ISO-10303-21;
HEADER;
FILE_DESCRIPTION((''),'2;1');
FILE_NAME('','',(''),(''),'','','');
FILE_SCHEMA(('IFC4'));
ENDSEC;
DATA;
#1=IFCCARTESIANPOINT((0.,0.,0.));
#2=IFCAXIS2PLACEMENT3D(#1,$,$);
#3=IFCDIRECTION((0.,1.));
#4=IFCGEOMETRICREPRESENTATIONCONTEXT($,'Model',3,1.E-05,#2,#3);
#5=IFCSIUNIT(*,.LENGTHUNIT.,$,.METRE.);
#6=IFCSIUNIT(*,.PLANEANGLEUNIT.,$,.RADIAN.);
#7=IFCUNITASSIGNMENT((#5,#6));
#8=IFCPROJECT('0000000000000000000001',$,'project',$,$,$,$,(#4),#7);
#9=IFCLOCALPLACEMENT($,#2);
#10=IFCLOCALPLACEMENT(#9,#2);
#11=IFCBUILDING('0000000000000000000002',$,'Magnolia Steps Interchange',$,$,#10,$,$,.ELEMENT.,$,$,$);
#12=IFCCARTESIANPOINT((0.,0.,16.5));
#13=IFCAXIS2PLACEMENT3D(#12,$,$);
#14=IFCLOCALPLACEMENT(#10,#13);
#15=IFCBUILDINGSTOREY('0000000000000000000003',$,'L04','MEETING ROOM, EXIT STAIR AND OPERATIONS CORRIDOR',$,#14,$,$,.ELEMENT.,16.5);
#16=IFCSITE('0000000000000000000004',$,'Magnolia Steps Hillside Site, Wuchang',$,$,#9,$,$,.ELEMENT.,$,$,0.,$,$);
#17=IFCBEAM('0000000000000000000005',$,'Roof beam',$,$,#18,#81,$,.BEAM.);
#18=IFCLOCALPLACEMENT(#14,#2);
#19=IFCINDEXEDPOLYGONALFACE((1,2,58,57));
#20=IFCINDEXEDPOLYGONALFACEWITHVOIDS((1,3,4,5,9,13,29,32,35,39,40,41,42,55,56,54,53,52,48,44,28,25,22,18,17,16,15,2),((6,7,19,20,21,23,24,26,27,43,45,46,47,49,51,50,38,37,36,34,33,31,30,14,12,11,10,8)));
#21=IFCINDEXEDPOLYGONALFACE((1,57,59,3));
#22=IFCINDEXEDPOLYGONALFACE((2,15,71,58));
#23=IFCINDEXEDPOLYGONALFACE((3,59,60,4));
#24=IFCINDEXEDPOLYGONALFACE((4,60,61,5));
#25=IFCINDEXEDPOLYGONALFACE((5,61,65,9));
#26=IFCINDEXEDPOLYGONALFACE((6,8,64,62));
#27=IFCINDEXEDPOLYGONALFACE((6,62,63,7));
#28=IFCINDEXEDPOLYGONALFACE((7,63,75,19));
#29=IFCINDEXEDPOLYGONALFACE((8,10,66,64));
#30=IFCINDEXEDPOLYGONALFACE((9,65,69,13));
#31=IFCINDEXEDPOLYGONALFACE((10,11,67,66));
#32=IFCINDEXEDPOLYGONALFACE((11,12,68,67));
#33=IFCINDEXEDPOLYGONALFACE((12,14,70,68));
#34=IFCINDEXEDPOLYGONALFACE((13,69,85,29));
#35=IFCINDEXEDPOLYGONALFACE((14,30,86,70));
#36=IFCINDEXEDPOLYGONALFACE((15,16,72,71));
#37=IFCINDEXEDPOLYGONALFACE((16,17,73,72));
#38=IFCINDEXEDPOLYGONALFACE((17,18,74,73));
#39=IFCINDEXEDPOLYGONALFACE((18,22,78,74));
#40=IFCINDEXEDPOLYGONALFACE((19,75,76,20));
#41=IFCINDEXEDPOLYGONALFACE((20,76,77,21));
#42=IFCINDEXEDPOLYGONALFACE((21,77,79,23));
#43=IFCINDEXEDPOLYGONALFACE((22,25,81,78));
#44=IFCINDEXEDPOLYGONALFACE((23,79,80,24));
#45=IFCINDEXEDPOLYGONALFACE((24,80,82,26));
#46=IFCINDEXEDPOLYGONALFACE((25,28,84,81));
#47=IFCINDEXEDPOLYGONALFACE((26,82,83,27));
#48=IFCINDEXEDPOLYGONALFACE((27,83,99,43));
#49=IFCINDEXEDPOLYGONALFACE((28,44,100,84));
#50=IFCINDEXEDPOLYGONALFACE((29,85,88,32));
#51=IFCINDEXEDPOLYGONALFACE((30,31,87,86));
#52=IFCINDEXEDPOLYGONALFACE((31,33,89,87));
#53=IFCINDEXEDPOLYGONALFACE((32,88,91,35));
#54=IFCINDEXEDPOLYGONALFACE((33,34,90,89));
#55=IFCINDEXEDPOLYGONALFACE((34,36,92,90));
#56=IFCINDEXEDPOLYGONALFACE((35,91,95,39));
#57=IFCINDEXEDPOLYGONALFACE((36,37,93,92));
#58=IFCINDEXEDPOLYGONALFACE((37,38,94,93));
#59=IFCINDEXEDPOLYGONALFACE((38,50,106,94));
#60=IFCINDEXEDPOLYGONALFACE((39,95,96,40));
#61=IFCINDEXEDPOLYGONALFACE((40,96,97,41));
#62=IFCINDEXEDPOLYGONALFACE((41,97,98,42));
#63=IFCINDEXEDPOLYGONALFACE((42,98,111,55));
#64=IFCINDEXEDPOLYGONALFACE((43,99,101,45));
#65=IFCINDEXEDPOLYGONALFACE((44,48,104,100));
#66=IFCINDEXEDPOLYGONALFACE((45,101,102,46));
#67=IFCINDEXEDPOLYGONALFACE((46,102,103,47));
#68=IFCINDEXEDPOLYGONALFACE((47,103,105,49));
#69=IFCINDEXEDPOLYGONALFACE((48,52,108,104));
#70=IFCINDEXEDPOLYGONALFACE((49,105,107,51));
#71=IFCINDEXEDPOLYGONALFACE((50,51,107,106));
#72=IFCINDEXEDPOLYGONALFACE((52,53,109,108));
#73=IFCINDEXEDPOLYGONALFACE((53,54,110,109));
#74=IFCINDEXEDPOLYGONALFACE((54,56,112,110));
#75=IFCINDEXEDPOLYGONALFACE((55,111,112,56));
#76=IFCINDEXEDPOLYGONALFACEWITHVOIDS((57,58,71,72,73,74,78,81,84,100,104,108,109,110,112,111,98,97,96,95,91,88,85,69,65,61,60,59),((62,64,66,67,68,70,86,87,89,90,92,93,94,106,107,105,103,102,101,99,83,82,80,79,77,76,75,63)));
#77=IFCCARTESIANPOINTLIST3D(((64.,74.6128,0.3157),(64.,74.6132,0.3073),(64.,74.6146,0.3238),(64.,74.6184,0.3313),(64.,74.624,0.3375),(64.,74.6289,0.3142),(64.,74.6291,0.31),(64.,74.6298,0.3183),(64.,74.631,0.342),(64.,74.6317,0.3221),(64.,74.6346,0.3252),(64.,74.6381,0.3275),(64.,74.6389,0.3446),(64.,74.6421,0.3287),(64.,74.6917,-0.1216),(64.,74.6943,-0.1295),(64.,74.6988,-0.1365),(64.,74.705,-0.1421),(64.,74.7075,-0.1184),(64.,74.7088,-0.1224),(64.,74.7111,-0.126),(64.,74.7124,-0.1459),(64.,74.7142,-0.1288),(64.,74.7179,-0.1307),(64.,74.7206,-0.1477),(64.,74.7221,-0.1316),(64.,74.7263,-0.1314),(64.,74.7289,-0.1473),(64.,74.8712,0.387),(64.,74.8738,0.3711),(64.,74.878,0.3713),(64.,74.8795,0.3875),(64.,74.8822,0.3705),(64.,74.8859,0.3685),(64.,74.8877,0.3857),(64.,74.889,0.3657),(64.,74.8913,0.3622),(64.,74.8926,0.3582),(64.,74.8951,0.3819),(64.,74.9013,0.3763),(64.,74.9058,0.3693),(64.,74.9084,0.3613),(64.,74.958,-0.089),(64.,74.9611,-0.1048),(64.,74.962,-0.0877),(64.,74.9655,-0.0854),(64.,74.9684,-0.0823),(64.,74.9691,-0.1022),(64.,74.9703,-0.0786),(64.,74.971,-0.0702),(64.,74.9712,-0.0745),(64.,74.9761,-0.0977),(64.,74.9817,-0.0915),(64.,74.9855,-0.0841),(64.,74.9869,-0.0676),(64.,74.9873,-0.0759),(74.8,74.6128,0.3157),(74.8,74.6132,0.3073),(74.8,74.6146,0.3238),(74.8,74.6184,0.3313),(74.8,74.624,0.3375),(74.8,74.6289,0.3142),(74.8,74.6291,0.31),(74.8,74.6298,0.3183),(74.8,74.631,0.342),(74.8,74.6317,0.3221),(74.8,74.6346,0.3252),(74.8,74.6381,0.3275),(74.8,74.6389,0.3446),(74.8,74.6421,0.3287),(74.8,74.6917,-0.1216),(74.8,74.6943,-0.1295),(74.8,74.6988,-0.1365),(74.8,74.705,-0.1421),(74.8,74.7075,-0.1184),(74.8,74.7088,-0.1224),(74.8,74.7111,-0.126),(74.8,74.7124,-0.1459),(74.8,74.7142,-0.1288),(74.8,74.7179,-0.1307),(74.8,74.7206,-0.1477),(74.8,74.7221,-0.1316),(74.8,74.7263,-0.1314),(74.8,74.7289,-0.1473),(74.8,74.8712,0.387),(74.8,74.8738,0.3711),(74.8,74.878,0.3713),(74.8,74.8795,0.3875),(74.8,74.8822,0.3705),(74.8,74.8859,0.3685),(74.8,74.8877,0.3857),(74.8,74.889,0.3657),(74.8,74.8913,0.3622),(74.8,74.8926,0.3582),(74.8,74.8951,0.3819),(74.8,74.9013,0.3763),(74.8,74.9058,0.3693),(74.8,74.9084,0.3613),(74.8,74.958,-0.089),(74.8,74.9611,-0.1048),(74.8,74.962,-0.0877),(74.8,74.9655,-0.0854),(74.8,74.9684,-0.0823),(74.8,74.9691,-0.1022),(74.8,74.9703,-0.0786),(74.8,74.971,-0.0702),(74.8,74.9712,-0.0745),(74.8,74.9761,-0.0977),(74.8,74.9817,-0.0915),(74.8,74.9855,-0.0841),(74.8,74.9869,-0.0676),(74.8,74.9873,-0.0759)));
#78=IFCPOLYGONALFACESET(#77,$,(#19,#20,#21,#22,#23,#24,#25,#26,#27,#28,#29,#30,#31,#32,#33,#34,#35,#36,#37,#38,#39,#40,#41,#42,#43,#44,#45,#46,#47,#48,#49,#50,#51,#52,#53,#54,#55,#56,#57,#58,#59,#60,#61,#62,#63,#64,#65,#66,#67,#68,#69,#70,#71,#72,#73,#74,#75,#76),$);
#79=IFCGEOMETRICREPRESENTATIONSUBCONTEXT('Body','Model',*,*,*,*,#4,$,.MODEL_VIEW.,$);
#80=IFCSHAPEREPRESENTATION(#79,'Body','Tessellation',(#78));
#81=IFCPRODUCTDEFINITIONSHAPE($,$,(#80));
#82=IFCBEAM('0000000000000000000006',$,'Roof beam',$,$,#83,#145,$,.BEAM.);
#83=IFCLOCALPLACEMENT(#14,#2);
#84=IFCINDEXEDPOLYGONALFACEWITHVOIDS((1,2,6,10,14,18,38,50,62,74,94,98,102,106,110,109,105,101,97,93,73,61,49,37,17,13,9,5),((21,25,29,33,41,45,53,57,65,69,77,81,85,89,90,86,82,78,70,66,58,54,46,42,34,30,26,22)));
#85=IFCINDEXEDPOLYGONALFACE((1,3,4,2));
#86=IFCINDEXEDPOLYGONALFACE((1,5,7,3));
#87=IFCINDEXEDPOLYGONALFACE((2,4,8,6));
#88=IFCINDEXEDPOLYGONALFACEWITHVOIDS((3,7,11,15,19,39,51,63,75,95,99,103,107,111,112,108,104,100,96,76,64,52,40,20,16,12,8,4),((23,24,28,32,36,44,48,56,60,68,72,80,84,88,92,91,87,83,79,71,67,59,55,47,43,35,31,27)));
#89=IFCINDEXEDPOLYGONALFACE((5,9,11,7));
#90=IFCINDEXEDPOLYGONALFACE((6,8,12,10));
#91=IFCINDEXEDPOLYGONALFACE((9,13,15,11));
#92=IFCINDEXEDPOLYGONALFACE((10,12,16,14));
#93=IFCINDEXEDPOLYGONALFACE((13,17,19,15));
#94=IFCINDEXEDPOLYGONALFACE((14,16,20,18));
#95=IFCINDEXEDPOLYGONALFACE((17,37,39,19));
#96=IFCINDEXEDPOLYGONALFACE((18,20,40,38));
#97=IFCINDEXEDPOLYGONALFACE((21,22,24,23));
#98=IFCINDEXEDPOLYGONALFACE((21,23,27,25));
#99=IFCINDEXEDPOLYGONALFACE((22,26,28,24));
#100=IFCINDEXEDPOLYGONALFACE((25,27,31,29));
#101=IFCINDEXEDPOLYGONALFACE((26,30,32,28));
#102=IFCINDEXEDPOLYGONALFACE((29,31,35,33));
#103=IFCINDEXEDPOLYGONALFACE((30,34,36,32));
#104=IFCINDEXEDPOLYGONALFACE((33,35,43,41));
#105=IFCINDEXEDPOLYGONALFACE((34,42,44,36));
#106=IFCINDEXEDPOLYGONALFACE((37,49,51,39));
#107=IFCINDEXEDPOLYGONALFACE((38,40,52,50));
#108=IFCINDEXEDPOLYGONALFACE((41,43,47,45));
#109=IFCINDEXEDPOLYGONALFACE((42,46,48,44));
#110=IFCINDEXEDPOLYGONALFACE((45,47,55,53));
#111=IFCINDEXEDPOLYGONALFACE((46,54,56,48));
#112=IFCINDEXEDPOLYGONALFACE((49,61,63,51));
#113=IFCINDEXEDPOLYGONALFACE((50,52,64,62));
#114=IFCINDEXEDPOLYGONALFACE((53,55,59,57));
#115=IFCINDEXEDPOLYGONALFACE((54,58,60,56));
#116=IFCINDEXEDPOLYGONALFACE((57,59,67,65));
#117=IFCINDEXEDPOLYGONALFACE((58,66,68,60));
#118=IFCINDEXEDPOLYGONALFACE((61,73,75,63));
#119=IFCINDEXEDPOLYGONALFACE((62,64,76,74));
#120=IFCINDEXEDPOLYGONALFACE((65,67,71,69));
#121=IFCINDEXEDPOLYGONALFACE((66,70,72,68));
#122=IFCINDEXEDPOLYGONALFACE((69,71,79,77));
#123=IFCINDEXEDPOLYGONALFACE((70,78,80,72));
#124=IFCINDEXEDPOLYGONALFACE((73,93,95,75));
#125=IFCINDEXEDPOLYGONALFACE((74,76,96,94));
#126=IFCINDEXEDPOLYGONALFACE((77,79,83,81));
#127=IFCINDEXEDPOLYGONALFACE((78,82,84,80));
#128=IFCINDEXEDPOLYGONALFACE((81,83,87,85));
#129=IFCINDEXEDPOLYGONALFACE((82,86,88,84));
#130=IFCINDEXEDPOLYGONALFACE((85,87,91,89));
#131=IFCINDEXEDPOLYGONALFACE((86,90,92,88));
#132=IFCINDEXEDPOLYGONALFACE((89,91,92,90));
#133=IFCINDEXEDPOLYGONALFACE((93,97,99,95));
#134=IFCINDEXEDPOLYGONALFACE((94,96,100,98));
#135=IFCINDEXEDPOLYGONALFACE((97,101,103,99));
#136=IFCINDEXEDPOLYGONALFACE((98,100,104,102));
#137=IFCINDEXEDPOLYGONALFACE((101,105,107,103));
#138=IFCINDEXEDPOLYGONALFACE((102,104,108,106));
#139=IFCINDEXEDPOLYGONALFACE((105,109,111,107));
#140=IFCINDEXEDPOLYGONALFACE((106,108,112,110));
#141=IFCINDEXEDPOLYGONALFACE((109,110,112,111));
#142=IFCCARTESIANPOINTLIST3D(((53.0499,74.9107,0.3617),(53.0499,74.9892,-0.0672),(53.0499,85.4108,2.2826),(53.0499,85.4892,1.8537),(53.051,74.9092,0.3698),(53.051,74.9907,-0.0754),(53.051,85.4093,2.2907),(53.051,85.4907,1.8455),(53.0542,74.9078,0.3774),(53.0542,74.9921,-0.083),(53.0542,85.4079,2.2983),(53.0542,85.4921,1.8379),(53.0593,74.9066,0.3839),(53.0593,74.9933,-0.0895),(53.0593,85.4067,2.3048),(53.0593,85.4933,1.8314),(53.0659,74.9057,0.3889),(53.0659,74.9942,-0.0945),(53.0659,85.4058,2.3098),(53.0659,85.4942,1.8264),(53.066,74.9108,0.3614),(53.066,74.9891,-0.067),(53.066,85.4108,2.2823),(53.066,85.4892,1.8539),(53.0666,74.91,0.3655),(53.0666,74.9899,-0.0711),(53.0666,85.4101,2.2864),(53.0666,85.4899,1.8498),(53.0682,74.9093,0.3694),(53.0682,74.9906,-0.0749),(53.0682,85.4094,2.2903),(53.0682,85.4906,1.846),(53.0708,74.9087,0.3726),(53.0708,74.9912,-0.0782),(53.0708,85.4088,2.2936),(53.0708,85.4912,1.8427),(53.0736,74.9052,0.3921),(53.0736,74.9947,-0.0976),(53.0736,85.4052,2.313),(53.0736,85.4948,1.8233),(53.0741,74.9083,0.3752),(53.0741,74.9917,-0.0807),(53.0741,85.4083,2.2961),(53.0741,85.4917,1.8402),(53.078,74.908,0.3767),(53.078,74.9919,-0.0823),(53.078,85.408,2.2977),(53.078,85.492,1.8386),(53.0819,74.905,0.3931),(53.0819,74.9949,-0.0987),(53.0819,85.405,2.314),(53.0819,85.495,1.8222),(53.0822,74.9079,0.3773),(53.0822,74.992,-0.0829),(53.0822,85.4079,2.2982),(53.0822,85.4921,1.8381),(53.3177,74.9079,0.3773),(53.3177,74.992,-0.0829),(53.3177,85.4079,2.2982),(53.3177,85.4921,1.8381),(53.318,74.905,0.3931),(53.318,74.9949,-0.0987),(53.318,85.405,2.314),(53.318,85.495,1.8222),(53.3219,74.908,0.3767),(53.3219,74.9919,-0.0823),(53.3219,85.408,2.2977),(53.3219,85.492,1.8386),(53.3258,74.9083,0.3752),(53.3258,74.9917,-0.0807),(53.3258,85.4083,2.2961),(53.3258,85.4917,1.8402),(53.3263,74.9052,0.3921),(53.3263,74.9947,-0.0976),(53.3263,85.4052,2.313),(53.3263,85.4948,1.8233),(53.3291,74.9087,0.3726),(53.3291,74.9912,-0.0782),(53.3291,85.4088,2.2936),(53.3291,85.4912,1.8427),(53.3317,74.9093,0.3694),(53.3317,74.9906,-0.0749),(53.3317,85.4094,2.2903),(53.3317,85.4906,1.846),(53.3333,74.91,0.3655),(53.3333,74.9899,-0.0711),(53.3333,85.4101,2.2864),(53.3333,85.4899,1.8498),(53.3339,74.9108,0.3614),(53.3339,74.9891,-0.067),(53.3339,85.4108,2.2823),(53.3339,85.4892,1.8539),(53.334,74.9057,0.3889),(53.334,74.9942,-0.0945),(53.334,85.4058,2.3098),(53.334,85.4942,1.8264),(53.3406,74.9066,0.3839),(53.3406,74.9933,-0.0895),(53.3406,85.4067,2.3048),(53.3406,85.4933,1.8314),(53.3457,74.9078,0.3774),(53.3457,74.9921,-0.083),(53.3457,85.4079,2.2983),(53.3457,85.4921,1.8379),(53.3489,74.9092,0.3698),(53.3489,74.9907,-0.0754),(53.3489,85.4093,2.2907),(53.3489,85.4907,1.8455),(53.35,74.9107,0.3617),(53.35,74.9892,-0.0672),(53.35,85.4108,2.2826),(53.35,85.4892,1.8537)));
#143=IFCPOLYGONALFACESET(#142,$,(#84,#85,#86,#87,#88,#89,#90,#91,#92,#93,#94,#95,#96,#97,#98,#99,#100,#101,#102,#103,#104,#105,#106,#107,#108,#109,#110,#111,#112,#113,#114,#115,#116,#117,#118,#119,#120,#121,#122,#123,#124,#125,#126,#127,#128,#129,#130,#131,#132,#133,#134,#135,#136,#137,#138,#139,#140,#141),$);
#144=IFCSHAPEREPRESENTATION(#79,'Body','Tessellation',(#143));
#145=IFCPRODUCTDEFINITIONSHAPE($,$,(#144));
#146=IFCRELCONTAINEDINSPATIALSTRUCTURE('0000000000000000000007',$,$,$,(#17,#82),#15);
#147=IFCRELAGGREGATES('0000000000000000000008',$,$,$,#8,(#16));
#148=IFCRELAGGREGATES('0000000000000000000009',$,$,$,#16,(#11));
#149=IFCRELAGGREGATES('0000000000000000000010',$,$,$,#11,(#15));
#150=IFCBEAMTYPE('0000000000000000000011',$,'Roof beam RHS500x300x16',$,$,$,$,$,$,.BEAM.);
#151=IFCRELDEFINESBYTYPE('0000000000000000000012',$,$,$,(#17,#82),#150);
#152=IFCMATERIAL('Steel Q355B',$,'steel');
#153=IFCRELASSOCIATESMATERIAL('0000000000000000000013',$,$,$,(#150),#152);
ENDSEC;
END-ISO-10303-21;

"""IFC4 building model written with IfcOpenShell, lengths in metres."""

from ifc_helpers import new_model, si_unit, direction, frame, origin, origin_2d, place, context, subcontext, project, spatial, hollow_rectangle, extrude, material, material_profile, profile_set, type_object, element, save


model = new_model("IFC4")

# Units and contexts
model_context = context("Model", 3, precision=1e-05, world=origin(), true_north=direction((0.0, 1.0)))
body_context = subcontext(model_context, "Body", "Model", "MODEL_VIEW")
ifc_project = project(units=[si_unit("LENGTHUNIT", "METRE"), si_unit("PLANEANGLEUNIT", "RADIAN")], contexts=[model_context])

# Site, building, storey
site_placement = place(None, origin())
site = spatial("IfcSite", under=ifc_project, at=site_placement, Name="Magnolia Steps Hillside Site, Wuchang", CompositionType="ELEMENT", RefElevation=0.0)
building_placement = place(site_placement, origin())
building = spatial("IfcBuilding", under=site, at=building_placement, Name="Magnolia Steps Interchange", CompositionType="ELEMENT")
storey_placement = place(building_placement, frame((0.0, 0.0, 16.5)))
storey = spatial("IfcBuildingStorey", under=building, at=storey_placement, Name="L04", Description="MEETING ROOM, EXIT STAIR AND OPERATIONS CORRIDOR", CompositionType="ELEMENT", Elevation=16.5)

# Beams
ifc_material_1 = material(Name="Steel Q355B", Category="steel")
ifc_material_profile_1 = material_profile(ifc_material_1, hollow_rectangle(XDim=0.3, YDim=0.5, WallThickness=0.0161, InnerFilletRadius=0.0161, OuterFilletRadius=0.032, at=origin_2d()), Name="RHS500x300x16")
ifc_profile_set_1 = profile_set([ifc_material_profile_1], Name="Steel Q355B")
beam_type_1 = type_object("IfcBeamType", Name="Roof beam RHS500x300x16", PredefinedType="BEAM", material=ifc_profile_set_1)
for number, where, z_axis, x_axis, name in (
    (1, (64.0, 74.8, 0.1199), (1.0, 0.0, 0.0), (0.0, 0.983677, 0.179941), "Roof beam"),
):
    element("IfcBeam", number, at=place(storey_placement, frame(where, z_axis=z_axis, x_axis=x_axis)), inside=storey, type_object=beam_type_1, Name=name, PredefinedType="BEAM", context=body_context, shape_type="SweptSolid", body=[
        extrude(hollow_rectangle(XDim=0.3, YDim=0.5, WallThickness=0.0161, InnerFilletRadius=0.0161, OuterFilletRadius=0.032, at=origin_2d()), origin(), (0.0, 0.0, 1.0), 10.8),
    ])
for number, where, z_axis, x_axis, name in (
    (2, (53.2, 74.95, 0.1472), (0.0, 0.983675, 0.179956), (-1.0, 0.0, 0.0), "Roof beam"),
):
    element("IfcBeam", number, at=place(storey_placement, frame(where, z_axis=z_axis, x_axis=x_axis)), inside=storey, type_object=beam_type_1, Name=name, PredefinedType="BEAM", context=body_context, shape_type="SweptSolid", body=[
        extrude(hollow_rectangle(XDim=0.3, YDim=0.5, WallThickness=0.0161, InnerFilletRadius=0.0161, OuterFilletRadius=0.032, at=origin_2d()), origin(), (0.0, 0.0, 1.0), 10.6743),
    ])

save(model, "model.ifc")
